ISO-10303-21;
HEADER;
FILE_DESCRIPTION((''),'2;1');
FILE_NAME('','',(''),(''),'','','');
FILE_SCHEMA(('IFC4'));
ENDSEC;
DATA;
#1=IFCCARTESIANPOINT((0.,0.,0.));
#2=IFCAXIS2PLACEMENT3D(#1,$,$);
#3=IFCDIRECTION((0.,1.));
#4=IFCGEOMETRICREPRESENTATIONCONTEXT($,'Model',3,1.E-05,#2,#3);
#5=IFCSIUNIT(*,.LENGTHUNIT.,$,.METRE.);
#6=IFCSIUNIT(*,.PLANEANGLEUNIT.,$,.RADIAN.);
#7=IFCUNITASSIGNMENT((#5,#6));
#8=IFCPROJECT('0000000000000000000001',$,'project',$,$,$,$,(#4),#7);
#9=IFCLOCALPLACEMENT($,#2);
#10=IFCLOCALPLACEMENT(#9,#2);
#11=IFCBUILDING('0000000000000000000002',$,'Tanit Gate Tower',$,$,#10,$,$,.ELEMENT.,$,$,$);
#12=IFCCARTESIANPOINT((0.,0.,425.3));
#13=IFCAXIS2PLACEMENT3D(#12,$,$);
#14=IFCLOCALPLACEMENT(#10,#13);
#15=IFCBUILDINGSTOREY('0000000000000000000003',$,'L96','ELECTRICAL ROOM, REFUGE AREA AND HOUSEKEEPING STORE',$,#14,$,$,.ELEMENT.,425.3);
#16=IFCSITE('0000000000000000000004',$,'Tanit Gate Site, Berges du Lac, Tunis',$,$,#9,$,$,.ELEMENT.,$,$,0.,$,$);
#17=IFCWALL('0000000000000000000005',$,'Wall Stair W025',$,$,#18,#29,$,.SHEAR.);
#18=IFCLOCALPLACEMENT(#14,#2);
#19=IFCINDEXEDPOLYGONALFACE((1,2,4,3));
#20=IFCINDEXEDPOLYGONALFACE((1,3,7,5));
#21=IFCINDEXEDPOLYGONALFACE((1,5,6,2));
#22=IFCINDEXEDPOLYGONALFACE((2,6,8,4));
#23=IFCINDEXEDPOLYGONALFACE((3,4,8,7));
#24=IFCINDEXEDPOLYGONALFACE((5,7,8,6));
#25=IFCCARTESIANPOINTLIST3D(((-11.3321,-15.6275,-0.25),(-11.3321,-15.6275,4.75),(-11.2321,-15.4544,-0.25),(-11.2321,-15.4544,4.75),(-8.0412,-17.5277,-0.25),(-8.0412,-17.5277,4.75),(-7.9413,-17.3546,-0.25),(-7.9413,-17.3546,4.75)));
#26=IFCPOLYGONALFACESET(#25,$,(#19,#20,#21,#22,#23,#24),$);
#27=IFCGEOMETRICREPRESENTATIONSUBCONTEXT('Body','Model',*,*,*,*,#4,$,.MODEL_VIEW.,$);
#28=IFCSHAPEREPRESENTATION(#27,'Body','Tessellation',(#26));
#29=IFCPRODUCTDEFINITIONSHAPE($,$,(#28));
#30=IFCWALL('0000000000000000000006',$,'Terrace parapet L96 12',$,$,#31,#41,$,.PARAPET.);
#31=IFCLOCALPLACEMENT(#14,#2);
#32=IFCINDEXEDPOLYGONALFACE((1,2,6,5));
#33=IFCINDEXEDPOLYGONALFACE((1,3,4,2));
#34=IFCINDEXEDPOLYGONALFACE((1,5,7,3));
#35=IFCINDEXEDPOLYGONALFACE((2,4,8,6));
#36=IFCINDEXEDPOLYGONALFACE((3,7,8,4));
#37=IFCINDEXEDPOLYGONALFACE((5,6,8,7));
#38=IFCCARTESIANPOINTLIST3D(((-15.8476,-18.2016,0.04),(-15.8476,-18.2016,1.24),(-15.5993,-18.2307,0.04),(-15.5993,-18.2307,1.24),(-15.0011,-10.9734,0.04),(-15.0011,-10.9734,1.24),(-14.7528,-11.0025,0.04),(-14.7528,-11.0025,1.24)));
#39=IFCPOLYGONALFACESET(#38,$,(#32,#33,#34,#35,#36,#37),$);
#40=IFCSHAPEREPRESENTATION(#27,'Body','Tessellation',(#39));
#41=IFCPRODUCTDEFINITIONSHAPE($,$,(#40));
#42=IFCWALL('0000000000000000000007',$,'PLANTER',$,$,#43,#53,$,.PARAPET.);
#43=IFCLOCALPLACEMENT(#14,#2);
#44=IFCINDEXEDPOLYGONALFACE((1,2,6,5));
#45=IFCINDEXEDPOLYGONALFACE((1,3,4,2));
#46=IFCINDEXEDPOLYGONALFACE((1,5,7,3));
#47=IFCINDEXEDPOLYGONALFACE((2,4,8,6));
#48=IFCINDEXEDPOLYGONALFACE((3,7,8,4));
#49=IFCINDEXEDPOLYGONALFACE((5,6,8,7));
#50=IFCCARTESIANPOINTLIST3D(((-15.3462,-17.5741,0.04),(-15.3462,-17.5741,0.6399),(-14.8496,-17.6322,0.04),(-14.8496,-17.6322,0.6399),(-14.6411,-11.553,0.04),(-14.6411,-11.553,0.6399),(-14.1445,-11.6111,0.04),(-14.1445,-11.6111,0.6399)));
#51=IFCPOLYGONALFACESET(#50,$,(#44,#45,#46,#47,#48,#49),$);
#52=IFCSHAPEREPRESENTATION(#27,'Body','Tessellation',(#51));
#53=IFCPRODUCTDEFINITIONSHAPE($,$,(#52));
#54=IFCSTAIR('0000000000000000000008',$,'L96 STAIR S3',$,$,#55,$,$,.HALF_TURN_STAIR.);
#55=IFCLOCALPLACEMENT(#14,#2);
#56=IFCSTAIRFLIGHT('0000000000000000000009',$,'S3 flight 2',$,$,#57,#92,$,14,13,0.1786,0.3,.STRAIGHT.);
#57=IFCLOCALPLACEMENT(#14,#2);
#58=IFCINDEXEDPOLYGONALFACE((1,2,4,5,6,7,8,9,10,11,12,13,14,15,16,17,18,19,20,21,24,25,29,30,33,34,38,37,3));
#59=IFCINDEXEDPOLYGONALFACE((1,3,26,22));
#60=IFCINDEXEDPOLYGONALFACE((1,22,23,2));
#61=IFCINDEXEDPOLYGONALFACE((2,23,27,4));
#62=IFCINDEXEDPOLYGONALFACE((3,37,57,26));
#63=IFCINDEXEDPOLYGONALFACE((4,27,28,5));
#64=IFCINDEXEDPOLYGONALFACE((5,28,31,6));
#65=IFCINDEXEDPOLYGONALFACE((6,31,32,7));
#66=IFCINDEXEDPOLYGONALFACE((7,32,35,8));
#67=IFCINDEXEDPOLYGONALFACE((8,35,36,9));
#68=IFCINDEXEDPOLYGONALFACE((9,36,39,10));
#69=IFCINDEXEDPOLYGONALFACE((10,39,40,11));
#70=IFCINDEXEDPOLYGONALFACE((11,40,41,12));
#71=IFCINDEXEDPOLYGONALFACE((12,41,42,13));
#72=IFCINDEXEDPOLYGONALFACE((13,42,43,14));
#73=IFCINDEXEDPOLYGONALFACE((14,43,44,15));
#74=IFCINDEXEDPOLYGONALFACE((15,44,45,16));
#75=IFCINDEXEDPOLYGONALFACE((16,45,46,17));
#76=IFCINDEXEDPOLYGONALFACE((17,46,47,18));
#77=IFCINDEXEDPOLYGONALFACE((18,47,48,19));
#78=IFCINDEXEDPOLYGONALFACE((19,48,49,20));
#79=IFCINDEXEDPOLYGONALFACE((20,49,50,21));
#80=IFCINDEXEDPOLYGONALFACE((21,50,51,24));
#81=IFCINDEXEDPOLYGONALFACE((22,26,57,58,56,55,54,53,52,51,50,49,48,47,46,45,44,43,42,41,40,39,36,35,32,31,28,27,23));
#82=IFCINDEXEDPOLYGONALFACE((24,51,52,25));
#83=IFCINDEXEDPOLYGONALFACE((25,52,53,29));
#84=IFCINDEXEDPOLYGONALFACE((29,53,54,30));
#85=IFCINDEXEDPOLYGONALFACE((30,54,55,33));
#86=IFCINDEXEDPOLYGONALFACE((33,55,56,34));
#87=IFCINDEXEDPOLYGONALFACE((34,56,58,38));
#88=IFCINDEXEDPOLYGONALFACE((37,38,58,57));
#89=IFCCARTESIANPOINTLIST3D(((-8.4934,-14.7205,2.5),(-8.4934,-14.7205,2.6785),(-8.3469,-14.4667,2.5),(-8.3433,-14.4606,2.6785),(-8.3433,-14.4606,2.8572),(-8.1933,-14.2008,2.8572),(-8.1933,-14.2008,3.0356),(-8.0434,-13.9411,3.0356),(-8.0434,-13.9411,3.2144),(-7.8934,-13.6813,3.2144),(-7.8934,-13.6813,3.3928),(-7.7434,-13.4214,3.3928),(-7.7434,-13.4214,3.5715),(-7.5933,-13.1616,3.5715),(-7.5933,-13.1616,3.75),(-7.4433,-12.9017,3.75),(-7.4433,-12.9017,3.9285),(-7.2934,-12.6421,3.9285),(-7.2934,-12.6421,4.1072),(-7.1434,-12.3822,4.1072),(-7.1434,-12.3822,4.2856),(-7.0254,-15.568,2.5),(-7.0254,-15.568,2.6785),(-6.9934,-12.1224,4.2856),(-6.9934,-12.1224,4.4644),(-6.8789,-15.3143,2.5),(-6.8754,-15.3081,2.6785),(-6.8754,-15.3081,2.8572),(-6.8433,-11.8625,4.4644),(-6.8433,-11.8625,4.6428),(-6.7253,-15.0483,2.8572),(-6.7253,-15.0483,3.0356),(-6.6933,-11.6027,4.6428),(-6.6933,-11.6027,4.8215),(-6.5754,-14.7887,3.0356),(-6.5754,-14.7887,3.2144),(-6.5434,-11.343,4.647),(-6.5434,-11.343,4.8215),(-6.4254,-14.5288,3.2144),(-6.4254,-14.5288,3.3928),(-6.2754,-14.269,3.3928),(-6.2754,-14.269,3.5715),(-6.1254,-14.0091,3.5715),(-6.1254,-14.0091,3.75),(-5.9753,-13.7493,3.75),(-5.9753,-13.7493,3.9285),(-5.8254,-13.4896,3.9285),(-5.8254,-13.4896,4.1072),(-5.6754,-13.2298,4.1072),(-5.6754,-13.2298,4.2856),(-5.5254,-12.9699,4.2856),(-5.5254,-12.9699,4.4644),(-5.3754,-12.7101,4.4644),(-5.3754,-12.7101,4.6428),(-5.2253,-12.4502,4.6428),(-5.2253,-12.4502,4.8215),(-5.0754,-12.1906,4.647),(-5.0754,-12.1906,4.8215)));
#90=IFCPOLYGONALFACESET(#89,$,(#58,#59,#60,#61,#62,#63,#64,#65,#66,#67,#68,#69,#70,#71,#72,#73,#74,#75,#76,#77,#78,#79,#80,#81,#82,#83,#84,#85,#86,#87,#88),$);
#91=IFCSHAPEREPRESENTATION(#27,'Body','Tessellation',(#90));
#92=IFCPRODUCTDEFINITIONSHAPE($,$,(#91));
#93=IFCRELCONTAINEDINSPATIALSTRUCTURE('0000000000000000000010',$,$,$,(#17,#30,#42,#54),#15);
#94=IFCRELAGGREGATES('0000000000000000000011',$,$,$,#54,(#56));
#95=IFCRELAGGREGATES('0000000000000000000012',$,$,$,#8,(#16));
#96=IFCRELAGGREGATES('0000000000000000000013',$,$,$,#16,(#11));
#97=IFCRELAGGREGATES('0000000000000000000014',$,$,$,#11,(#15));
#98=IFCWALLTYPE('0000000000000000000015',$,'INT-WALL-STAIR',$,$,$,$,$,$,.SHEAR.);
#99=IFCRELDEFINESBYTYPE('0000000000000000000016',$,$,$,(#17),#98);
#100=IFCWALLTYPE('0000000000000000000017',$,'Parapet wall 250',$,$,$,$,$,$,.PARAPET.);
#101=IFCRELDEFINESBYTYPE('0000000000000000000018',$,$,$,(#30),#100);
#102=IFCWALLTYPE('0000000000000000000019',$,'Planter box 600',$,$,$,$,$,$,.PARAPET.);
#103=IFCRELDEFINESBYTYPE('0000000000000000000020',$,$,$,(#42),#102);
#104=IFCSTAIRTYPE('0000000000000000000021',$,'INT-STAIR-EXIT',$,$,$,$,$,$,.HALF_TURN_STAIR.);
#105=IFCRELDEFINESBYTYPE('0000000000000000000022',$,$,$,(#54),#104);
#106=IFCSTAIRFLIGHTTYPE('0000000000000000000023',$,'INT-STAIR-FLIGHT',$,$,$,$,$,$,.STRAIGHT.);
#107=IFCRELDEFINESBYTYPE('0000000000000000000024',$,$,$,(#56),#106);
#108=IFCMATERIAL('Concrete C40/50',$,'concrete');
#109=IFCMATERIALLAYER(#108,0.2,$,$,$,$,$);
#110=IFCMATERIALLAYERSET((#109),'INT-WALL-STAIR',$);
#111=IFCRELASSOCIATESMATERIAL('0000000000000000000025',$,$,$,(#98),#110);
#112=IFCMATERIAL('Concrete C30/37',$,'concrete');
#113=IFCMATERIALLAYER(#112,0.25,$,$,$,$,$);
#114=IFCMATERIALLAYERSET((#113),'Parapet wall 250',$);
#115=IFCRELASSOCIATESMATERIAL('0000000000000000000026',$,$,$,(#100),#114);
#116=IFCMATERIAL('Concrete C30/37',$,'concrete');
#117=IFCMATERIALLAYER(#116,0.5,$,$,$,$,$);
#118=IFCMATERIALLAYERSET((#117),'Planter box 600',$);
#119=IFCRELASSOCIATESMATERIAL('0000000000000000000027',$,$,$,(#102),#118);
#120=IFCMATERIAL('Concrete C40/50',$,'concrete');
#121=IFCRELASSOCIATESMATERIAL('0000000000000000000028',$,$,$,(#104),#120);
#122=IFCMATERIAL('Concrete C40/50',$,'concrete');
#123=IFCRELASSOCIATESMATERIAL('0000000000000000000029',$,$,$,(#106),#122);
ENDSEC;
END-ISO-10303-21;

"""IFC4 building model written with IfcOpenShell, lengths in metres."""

from ifc_helpers import new_model, si_unit, direction, frame, frame_2d, origin, place, context, subcontext, project, spatial, polyline, rectangle, outline, extrude, material, layer, layer_set, type_object, element, aggregate, save


model = new_model("IFC4")

# Units and contexts
model_context = context("Model", 3, precision=1e-05, world=origin(), true_north=direction((0.0, 1.0)))
body_context = subcontext(model_context, "Body", "Model", "MODEL_VIEW")
ifc_project = project(units=[si_unit("LENGTHUNIT", "METRE"), si_unit("PLANEANGLEUNIT", "RADIAN")], contexts=[model_context])

# Site, building, storey
site_placement = place(None, origin())
site = spatial("IfcSite", under=ifc_project, at=site_placement, Name="Tanit Gate Site, Berges du Lac, Tunis", CompositionType="ELEMENT", RefElevation=0.0)
building_placement = place(site_placement, origin())
building = spatial("IfcBuilding", under=site, at=building_placement, Name="Tanit Gate Tower", CompositionType="ELEMENT")
storey_placement = place(building_placement, frame((0.0, 0.0, 425.3)))
storey = spatial("IfcBuildingStorey", under=building, at=storey_placement, Name="L96", Description="ELECTRICAL ROOM, REFUGE AREA AND HOUSEKEEPING STORE", CompositionType="ELEMENT", Elevation=425.3)

# Walls
ifc_material_1 = material(Name="Concrete C40/50", Category="concrete")
ifc_layer_1 = layer(ifc_material_1, 0.2)
ifc_layer_set_1 = layer_set([ifc_layer_1], Name="INT-WALL-STAIR")
wall_type_1 = type_object("IfcWallType", Name="INT-WALL-STAIR", PredefinedType="SHEAR", material=ifc_layer_set_1)
wall_1_placement = place(storey_placement, frame((-11.282, -15.541, -0.25), z_axis=(0.0, 0.0, 1.0), x_axis=(0.866, -0.500043, 0.0)))
element("IfcWall", 1, at=wall_1_placement, inside=storey, type_object=wall_type_1, Name="Wall Stair W025", PredefinedType="SHEAR", context=body_context, shape_type="SweptSolid", body=[
    extrude(rectangle(XDim=3.8, YDim=0.2, at=frame_2d((1.8999, 0.0))), origin(), (0.0, 0.0, 1.0), 5.0),
])
ifc_material_2 = material(Name="Concrete C30/37", Category="concrete")
ifc_layer_2 = layer(ifc_material_2, 0.25)
ifc_layer_set_2 = layer_set([ifc_layer_2], Name="Parapet wall 250")
wall_type_2 = type_object("IfcWallType", Name="Parapet wall 250", PredefinedType="PARAPET", material=ifc_layer_set_2)
wall_2_placement = place(storey_placement, frame((-15.7234, -18.2161, 0.04), z_axis=(0.0, 0.0, 1.0), x_axis=(0.116306, 0.993213, 0.0)))
element("IfcWall", 2, at=wall_2_placement, inside=storey, type_object=wall_type_2, Name="Terrace parapet L96 12", PredefinedType="PARAPET", context=body_context, shape_type="SweptSolid", body=[
    extrude(rectangle(XDim=7.2776, YDim=0.25, at=frame_2d((3.6387, 0.0))), origin(), (0.0, 0.0, 1.0), 1.2),
])
ifc_material_3 = material(Name="Concrete C30/37", Category="concrete")
ifc_layer_3 = layer(ifc_material_3, 0.5)
ifc_layer_set_3 = layer_set([ifc_layer_3], Name="Planter box 600")
wall_type_3 = type_object("IfcWallType", Name="Planter box 600", PredefinedType="PARAPET", material=ifc_layer_set_3)
wall_3_placement = place(storey_placement, frame((-15.0979, -17.6033, 0.04), z_axis=(0.0, 0.0, 1.0), x_axis=(0.116308, 0.993213, 0.0)))
element("IfcWall", 3, at=wall_3_placement, inside=storey, type_object=wall_type_3, Name="PLANTER", PredefinedType="PARAPET", context=body_context, shape_type="SweptSolid", body=[
    extrude(rectangle(XDim=6.0623, YDim=0.5, at=frame_2d((3.0312, 0.0))), origin(), (0.0, 0.0, 1.0), 0.5999),
])

# Stair, stair flight
ifc_material_4 = material(Name="Concrete C40/50", Category="concrete")
stair_type = type_object("IfcStairType", Name="INT-STAIR-EXIT", PredefinedType="HALF_TURN_STAIR", material=ifc_material_4)
stair_placement = place(storey_placement, origin())
stair = element("IfcStair", 4, at=stair_placement, inside=storey, type_object=stair_type, Name="L96 STAIR S3", PredefinedType="HALF_TURN_STAIR")
ifc_material_5 = material(Name="Concrete C40/50", Category="concrete")
stair_flight_type = type_object("IfcStairFlightType", Name="INT-STAIR-FLIGHT", PredefinedType="STRAIGHT", material=ifc_material_5)
stair_flight_placement = place(storey_placement, frame((-7.7593, -15.1443, 2.5), z_axis=(0.0, 0.0, 1.0), x_axis=(0.5, 0.866025, 0.0)))
stair_flight = element("IfcStairFlight", 5, at=stair_flight_placement, type_object=stair_flight_type, Name="S3 flight 2", NumberOfRisers=14, NumberOfTreads=13, PredefinedType="STRAIGHT", RiserHeight=0.1786, TreadLength=0.3, context=body_context, shape_type="SweptSolid", body=[
    extrude(outline(polyline([(0.0, 0.0), (0.0, 0.1785), (0.3, 0.1785), (0.3, 0.3572), (0.6001, 0.3572), (0.6001, 0.5356), (0.8999, 0.5356), (0.8999, 0.7144), (1.2, 0.7144), (1.2, 0.8928), (1.5, 0.8928), (1.5, 1.0715), (1.8, 1.0715), (1.8, 1.25), (2.1001, 1.25), (2.1001, 1.4285), (2.3999, 1.4285), (2.3999, 1.6072), (2.7, 1.6072), (2.7, 1.7856), (3.0, 1.7856), (3.0, 1.9644), (3.3, 1.9644), (3.3, 2.1428), (3.6001, 2.1428), (3.6001, 2.3215), (3.8999, 2.3215), (3.8999, 2.5), (3.8999, 2.147), (0.293, 0.0), (0.0, 0.0)])), frame((0.0, 0.8477, 0.0), z_axis=(0.0, -1.0, 0.0), x_axis=(1.0, 0.0, 0.0)), (0.0, 0.0, 1.0), 1.6951),
])
aggregate(stair, [stair_flight])

save(model, "model.ifc")
